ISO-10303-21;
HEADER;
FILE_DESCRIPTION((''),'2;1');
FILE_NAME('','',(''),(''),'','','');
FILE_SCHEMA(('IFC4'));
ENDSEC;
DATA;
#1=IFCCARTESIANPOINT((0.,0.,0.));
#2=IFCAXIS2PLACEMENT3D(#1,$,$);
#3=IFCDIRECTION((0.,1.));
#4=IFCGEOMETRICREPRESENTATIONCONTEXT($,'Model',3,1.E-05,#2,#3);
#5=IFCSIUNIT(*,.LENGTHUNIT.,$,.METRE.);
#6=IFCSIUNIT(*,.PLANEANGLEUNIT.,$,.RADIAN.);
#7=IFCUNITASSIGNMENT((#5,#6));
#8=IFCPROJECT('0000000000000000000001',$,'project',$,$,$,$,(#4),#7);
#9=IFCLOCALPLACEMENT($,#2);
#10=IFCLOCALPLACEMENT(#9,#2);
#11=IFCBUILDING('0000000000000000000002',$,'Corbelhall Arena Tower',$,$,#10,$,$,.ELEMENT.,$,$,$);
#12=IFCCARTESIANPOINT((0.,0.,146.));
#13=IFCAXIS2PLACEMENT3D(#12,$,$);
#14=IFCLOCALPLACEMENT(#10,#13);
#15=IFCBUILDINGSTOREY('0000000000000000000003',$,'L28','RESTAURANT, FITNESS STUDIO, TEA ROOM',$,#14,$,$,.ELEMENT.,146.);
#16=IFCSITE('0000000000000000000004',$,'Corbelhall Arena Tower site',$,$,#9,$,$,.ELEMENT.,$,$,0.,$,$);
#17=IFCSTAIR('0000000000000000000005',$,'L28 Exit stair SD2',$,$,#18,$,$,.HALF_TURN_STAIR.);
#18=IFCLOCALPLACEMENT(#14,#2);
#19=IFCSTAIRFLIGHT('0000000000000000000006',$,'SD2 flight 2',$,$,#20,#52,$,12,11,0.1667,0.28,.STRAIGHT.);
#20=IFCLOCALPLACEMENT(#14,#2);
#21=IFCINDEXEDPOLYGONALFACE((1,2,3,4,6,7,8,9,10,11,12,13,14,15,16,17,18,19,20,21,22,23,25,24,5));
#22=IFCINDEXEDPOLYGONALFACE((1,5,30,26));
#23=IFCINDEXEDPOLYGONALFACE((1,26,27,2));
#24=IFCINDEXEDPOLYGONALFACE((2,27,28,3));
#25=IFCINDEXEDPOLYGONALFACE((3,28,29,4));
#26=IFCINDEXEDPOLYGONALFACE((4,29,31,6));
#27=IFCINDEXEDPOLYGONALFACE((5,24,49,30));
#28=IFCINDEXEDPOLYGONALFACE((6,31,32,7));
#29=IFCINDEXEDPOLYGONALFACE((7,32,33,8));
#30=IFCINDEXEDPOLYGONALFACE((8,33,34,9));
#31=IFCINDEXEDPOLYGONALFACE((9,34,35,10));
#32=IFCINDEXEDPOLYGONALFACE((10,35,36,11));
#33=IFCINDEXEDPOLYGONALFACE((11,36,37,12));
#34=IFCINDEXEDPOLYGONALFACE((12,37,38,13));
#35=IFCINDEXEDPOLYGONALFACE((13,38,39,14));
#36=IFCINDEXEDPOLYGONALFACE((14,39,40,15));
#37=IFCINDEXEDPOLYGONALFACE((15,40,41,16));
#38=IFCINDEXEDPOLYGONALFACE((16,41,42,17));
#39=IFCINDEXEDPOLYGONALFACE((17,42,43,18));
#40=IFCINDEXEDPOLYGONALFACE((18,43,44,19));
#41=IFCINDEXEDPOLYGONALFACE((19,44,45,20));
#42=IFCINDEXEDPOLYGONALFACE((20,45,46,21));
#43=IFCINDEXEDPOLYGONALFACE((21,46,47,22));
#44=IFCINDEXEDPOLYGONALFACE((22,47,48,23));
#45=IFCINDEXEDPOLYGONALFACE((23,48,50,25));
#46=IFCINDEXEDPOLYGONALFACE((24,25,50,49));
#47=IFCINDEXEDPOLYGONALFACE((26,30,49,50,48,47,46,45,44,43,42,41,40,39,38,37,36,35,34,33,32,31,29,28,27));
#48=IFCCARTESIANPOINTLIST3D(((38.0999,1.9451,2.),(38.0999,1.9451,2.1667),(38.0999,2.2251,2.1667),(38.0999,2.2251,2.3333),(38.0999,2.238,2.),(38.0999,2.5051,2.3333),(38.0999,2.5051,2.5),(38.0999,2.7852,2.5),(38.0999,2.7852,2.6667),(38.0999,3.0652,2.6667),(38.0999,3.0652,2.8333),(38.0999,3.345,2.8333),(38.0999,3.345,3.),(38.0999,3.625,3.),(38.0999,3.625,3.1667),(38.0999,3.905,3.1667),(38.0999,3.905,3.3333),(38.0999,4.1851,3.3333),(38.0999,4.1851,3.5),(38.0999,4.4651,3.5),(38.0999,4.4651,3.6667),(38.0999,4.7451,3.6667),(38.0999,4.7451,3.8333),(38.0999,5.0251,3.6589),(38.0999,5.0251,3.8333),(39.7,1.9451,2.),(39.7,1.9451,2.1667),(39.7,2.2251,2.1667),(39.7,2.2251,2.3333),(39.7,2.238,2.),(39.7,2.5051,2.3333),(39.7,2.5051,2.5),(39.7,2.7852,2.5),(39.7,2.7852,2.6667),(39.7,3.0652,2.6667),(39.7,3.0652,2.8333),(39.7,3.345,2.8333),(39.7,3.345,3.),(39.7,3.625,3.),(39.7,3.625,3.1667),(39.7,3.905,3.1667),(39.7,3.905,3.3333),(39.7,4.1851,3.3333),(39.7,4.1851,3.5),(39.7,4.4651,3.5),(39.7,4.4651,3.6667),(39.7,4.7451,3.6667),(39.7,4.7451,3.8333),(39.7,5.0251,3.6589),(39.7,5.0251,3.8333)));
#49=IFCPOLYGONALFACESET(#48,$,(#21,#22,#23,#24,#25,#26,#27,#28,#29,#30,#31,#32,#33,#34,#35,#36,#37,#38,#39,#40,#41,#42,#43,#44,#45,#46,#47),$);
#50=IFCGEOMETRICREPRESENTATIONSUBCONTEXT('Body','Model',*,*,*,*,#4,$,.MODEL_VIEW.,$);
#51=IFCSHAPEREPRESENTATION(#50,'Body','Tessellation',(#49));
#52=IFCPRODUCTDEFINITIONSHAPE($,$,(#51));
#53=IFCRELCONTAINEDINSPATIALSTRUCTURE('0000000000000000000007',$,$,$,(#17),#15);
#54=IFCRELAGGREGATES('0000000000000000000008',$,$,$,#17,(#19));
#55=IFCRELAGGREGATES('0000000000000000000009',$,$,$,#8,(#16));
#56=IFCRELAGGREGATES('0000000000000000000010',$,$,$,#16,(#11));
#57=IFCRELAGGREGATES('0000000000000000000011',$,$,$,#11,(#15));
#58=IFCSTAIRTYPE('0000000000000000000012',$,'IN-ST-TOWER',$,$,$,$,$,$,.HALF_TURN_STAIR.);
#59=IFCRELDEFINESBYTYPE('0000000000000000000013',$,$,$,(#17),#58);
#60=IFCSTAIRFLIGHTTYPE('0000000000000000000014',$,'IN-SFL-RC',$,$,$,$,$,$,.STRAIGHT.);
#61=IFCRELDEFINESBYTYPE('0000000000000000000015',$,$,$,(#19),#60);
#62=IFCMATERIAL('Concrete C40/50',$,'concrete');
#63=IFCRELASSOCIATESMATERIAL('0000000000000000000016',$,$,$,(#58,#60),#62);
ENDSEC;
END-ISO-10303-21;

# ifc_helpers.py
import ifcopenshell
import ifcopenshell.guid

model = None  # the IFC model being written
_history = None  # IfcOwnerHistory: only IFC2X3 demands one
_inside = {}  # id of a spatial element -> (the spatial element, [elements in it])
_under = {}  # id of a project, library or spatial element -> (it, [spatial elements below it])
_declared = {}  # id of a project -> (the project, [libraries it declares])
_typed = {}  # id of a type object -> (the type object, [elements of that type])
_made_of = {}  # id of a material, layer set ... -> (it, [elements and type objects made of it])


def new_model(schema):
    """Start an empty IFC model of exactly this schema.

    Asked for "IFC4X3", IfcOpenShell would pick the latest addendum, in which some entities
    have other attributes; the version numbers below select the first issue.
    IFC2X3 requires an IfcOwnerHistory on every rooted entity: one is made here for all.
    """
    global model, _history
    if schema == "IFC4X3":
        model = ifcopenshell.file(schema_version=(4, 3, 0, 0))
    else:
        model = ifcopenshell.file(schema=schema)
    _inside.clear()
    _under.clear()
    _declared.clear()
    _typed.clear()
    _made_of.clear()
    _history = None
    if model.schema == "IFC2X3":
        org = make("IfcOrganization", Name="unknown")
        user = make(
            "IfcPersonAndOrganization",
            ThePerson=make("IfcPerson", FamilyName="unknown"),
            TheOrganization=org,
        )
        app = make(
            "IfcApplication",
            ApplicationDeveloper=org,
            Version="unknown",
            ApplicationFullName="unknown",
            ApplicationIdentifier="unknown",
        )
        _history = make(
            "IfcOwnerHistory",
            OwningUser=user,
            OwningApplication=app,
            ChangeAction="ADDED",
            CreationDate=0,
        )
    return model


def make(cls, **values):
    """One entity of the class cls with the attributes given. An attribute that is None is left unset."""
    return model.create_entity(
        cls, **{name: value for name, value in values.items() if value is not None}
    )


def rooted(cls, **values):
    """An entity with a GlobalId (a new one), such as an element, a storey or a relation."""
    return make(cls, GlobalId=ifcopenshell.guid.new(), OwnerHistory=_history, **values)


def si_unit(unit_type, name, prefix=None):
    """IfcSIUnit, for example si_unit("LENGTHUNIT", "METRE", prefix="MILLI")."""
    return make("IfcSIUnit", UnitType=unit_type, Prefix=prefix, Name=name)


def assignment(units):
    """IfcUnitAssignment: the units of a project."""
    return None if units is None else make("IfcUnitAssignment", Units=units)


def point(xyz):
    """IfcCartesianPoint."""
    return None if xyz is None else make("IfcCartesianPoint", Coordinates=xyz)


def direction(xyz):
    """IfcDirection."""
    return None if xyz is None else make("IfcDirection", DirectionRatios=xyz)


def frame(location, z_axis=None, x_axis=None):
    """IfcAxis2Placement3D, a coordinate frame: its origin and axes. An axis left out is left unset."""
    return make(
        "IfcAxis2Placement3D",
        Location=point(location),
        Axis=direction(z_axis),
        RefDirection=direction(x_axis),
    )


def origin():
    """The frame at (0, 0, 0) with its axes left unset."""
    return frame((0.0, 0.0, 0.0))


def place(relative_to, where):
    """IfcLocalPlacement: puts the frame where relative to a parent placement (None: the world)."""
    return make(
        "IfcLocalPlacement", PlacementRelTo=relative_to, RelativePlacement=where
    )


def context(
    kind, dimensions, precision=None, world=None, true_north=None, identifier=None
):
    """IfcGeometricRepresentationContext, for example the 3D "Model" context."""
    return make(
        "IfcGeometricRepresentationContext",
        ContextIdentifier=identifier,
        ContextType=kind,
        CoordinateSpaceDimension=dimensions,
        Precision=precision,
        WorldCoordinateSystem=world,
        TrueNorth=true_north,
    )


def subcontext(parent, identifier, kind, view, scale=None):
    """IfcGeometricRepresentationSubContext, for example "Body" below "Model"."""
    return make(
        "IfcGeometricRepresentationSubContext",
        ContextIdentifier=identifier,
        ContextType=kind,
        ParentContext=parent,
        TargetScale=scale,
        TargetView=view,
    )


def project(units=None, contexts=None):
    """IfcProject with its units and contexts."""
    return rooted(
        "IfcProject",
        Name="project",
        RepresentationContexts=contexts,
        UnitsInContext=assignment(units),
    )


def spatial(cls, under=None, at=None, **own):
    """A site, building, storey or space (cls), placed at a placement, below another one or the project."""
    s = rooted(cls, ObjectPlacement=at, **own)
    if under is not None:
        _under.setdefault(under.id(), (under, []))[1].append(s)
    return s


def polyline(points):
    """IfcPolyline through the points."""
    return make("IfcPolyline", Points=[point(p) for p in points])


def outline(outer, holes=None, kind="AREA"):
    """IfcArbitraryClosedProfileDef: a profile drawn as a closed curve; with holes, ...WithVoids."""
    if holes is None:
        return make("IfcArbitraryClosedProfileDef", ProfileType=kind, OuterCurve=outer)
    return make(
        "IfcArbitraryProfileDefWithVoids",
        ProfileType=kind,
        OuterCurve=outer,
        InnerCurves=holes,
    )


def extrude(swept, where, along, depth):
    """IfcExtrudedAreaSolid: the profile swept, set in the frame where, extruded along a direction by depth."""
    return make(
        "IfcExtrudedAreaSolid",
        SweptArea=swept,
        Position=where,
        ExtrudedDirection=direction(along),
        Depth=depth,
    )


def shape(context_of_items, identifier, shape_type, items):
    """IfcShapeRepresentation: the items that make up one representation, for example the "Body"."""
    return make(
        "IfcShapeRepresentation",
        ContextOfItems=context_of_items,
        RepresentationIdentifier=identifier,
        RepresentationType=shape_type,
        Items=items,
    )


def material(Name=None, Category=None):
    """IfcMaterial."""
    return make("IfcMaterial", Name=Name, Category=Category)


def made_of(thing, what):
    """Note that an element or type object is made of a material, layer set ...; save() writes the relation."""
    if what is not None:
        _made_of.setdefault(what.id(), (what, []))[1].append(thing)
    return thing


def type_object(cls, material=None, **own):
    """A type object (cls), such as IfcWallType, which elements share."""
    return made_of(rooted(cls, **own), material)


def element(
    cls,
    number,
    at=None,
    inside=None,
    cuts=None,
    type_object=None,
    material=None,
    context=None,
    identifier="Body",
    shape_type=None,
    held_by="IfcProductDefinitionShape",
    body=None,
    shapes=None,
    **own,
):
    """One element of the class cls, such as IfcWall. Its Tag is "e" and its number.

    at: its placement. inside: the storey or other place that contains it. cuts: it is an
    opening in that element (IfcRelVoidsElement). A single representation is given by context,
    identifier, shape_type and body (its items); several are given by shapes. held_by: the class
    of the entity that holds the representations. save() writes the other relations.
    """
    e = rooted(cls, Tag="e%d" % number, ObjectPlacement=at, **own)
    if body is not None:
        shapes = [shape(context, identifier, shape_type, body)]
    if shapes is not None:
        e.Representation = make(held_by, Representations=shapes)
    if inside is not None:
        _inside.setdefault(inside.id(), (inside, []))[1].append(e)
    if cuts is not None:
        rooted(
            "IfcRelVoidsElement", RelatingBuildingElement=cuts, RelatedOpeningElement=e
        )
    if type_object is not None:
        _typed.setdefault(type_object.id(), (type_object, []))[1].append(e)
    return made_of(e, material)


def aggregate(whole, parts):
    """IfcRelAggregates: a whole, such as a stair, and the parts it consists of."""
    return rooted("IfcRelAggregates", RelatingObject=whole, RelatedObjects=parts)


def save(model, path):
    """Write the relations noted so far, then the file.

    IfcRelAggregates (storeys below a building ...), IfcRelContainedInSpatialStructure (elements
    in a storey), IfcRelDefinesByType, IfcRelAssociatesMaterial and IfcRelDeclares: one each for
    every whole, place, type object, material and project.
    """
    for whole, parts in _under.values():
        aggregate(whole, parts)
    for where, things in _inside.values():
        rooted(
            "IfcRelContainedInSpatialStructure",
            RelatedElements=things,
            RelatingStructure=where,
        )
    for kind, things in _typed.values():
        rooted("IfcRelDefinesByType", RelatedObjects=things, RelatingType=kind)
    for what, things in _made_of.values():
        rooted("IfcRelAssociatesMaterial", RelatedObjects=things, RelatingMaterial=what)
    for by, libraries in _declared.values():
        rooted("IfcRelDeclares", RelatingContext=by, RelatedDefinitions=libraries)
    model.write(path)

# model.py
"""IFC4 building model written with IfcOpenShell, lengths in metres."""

from ifc_helpers import new_model, si_unit, direction, frame, origin, place, context, subcontext, project, spatial, polyline, outline, extrude, material, type_object, element, aggregate, save


model = new_model("IFC4")

# Units and contexts
model_context = context("Model", 3, precision=1e-05, world=origin(), true_north=direction((0.0, 1.0)))
body_context = subcontext(model_context, "Body", "Model", "MODEL_VIEW")
ifc_project = project(units=[si_unit("LENGTHUNIT", "METRE"), si_unit("PLANEANGLEUNIT", "RADIAN")], contexts=[model_context])

# Site, building, storey
site_placement = place(None, origin())
site = spatial("IfcSite", under=ifc_project, at=site_placement, Name="Corbelhall Arena Tower site", CompositionType="ELEMENT", RefElevation=0.0)
building_placement = place(site_placement, origin())
building = spatial("IfcBuilding", under=site, at=building_placement, Name="Corbelhall Arena Tower", CompositionType="ELEMENT")
storey_placement = place(building_placement, frame((0.0, 0.0, 146.0)))
storey = spatial("IfcBuildingStorey", under=building, at=storey_placement, Name="L28", Description="RESTAURANT, FITNESS STUDIO, TEA ROOM", CompositionType="ELEMENT", Elevation=146.0)

# Shared definitions
ifc_material_1 = material(Name="Concrete C40/50", Category="concrete")

# Stair, stair flight
stair_type = type_object("IfcStairType", Name="IN-ST-TOWER", PredefinedType="HALF_TURN_STAIR", material=ifc_material_1)
stair_placement = place(storey_placement, origin())
stair = element("IfcStair", 1, at=stair_placement, inside=storey, type_object=stair_type, Name="L28 Exit stair SD2", PredefinedType="HALF_TURN_STAIR")
stair_flight_type = type_object("IfcStairFlightType", Name="IN-SFL-RC", PredefinedType="STRAIGHT", material=ifc_material_1)
stair_flight_1_placement = place(storey_placement, frame((38.8999, 1.9451, 2.0), z_axis=(0.0, 0.0, 1.0), x_axis=(0.0, 1.0, 0.0)))
stair_flight_1 = element("IfcStairFlight", 2, at=stair_flight_1_placement, type_object=stair_flight_type, Name="SD2 flight 2", NumberOfRisers=12, NumberOfTreads=11, PredefinedType="STRAIGHT", RiserHeight=0.1667, TreadLength=0.28, context=body_context, shape_type="SweptSolid", body=[
    extrude(outline(polyline([(0.0, 0.0), (0.0, 0.1667), (0.28, 0.1667), (0.28, 0.3333), (0.5601, 0.3333), (0.5601, 0.5), (0.8401, 0.5), (0.8401, 0.6667), (1.1201, 0.6667), (1.1201, 0.8333), (1.3999, 0.8333), (1.3999, 1.0), (1.6799, 1.0), (1.6799, 1.1667), (1.96, 1.1667), (1.96, 1.3333), (2.24, 1.3333), (2.24, 1.5), (2.52, 1.5), (2.52, 1.6667), (2.8, 1.6667), (2.8, 1.8333), (3.0801, 1.8333), (3.0801, 2.0), (3.0801, 1.6589), (0.293, 0.0), (0.0, 0.0)])), frame((0.0, 0.8, 0.0), z_axis=(0.0, -1.0, 0.0), x_axis=(1.0, 0.0, 0.0)), (0.0, 0.0, 1.0), 1.6001),
])
aggregate(stair, [stair_flight_1])

save(model, "model.ifc")
